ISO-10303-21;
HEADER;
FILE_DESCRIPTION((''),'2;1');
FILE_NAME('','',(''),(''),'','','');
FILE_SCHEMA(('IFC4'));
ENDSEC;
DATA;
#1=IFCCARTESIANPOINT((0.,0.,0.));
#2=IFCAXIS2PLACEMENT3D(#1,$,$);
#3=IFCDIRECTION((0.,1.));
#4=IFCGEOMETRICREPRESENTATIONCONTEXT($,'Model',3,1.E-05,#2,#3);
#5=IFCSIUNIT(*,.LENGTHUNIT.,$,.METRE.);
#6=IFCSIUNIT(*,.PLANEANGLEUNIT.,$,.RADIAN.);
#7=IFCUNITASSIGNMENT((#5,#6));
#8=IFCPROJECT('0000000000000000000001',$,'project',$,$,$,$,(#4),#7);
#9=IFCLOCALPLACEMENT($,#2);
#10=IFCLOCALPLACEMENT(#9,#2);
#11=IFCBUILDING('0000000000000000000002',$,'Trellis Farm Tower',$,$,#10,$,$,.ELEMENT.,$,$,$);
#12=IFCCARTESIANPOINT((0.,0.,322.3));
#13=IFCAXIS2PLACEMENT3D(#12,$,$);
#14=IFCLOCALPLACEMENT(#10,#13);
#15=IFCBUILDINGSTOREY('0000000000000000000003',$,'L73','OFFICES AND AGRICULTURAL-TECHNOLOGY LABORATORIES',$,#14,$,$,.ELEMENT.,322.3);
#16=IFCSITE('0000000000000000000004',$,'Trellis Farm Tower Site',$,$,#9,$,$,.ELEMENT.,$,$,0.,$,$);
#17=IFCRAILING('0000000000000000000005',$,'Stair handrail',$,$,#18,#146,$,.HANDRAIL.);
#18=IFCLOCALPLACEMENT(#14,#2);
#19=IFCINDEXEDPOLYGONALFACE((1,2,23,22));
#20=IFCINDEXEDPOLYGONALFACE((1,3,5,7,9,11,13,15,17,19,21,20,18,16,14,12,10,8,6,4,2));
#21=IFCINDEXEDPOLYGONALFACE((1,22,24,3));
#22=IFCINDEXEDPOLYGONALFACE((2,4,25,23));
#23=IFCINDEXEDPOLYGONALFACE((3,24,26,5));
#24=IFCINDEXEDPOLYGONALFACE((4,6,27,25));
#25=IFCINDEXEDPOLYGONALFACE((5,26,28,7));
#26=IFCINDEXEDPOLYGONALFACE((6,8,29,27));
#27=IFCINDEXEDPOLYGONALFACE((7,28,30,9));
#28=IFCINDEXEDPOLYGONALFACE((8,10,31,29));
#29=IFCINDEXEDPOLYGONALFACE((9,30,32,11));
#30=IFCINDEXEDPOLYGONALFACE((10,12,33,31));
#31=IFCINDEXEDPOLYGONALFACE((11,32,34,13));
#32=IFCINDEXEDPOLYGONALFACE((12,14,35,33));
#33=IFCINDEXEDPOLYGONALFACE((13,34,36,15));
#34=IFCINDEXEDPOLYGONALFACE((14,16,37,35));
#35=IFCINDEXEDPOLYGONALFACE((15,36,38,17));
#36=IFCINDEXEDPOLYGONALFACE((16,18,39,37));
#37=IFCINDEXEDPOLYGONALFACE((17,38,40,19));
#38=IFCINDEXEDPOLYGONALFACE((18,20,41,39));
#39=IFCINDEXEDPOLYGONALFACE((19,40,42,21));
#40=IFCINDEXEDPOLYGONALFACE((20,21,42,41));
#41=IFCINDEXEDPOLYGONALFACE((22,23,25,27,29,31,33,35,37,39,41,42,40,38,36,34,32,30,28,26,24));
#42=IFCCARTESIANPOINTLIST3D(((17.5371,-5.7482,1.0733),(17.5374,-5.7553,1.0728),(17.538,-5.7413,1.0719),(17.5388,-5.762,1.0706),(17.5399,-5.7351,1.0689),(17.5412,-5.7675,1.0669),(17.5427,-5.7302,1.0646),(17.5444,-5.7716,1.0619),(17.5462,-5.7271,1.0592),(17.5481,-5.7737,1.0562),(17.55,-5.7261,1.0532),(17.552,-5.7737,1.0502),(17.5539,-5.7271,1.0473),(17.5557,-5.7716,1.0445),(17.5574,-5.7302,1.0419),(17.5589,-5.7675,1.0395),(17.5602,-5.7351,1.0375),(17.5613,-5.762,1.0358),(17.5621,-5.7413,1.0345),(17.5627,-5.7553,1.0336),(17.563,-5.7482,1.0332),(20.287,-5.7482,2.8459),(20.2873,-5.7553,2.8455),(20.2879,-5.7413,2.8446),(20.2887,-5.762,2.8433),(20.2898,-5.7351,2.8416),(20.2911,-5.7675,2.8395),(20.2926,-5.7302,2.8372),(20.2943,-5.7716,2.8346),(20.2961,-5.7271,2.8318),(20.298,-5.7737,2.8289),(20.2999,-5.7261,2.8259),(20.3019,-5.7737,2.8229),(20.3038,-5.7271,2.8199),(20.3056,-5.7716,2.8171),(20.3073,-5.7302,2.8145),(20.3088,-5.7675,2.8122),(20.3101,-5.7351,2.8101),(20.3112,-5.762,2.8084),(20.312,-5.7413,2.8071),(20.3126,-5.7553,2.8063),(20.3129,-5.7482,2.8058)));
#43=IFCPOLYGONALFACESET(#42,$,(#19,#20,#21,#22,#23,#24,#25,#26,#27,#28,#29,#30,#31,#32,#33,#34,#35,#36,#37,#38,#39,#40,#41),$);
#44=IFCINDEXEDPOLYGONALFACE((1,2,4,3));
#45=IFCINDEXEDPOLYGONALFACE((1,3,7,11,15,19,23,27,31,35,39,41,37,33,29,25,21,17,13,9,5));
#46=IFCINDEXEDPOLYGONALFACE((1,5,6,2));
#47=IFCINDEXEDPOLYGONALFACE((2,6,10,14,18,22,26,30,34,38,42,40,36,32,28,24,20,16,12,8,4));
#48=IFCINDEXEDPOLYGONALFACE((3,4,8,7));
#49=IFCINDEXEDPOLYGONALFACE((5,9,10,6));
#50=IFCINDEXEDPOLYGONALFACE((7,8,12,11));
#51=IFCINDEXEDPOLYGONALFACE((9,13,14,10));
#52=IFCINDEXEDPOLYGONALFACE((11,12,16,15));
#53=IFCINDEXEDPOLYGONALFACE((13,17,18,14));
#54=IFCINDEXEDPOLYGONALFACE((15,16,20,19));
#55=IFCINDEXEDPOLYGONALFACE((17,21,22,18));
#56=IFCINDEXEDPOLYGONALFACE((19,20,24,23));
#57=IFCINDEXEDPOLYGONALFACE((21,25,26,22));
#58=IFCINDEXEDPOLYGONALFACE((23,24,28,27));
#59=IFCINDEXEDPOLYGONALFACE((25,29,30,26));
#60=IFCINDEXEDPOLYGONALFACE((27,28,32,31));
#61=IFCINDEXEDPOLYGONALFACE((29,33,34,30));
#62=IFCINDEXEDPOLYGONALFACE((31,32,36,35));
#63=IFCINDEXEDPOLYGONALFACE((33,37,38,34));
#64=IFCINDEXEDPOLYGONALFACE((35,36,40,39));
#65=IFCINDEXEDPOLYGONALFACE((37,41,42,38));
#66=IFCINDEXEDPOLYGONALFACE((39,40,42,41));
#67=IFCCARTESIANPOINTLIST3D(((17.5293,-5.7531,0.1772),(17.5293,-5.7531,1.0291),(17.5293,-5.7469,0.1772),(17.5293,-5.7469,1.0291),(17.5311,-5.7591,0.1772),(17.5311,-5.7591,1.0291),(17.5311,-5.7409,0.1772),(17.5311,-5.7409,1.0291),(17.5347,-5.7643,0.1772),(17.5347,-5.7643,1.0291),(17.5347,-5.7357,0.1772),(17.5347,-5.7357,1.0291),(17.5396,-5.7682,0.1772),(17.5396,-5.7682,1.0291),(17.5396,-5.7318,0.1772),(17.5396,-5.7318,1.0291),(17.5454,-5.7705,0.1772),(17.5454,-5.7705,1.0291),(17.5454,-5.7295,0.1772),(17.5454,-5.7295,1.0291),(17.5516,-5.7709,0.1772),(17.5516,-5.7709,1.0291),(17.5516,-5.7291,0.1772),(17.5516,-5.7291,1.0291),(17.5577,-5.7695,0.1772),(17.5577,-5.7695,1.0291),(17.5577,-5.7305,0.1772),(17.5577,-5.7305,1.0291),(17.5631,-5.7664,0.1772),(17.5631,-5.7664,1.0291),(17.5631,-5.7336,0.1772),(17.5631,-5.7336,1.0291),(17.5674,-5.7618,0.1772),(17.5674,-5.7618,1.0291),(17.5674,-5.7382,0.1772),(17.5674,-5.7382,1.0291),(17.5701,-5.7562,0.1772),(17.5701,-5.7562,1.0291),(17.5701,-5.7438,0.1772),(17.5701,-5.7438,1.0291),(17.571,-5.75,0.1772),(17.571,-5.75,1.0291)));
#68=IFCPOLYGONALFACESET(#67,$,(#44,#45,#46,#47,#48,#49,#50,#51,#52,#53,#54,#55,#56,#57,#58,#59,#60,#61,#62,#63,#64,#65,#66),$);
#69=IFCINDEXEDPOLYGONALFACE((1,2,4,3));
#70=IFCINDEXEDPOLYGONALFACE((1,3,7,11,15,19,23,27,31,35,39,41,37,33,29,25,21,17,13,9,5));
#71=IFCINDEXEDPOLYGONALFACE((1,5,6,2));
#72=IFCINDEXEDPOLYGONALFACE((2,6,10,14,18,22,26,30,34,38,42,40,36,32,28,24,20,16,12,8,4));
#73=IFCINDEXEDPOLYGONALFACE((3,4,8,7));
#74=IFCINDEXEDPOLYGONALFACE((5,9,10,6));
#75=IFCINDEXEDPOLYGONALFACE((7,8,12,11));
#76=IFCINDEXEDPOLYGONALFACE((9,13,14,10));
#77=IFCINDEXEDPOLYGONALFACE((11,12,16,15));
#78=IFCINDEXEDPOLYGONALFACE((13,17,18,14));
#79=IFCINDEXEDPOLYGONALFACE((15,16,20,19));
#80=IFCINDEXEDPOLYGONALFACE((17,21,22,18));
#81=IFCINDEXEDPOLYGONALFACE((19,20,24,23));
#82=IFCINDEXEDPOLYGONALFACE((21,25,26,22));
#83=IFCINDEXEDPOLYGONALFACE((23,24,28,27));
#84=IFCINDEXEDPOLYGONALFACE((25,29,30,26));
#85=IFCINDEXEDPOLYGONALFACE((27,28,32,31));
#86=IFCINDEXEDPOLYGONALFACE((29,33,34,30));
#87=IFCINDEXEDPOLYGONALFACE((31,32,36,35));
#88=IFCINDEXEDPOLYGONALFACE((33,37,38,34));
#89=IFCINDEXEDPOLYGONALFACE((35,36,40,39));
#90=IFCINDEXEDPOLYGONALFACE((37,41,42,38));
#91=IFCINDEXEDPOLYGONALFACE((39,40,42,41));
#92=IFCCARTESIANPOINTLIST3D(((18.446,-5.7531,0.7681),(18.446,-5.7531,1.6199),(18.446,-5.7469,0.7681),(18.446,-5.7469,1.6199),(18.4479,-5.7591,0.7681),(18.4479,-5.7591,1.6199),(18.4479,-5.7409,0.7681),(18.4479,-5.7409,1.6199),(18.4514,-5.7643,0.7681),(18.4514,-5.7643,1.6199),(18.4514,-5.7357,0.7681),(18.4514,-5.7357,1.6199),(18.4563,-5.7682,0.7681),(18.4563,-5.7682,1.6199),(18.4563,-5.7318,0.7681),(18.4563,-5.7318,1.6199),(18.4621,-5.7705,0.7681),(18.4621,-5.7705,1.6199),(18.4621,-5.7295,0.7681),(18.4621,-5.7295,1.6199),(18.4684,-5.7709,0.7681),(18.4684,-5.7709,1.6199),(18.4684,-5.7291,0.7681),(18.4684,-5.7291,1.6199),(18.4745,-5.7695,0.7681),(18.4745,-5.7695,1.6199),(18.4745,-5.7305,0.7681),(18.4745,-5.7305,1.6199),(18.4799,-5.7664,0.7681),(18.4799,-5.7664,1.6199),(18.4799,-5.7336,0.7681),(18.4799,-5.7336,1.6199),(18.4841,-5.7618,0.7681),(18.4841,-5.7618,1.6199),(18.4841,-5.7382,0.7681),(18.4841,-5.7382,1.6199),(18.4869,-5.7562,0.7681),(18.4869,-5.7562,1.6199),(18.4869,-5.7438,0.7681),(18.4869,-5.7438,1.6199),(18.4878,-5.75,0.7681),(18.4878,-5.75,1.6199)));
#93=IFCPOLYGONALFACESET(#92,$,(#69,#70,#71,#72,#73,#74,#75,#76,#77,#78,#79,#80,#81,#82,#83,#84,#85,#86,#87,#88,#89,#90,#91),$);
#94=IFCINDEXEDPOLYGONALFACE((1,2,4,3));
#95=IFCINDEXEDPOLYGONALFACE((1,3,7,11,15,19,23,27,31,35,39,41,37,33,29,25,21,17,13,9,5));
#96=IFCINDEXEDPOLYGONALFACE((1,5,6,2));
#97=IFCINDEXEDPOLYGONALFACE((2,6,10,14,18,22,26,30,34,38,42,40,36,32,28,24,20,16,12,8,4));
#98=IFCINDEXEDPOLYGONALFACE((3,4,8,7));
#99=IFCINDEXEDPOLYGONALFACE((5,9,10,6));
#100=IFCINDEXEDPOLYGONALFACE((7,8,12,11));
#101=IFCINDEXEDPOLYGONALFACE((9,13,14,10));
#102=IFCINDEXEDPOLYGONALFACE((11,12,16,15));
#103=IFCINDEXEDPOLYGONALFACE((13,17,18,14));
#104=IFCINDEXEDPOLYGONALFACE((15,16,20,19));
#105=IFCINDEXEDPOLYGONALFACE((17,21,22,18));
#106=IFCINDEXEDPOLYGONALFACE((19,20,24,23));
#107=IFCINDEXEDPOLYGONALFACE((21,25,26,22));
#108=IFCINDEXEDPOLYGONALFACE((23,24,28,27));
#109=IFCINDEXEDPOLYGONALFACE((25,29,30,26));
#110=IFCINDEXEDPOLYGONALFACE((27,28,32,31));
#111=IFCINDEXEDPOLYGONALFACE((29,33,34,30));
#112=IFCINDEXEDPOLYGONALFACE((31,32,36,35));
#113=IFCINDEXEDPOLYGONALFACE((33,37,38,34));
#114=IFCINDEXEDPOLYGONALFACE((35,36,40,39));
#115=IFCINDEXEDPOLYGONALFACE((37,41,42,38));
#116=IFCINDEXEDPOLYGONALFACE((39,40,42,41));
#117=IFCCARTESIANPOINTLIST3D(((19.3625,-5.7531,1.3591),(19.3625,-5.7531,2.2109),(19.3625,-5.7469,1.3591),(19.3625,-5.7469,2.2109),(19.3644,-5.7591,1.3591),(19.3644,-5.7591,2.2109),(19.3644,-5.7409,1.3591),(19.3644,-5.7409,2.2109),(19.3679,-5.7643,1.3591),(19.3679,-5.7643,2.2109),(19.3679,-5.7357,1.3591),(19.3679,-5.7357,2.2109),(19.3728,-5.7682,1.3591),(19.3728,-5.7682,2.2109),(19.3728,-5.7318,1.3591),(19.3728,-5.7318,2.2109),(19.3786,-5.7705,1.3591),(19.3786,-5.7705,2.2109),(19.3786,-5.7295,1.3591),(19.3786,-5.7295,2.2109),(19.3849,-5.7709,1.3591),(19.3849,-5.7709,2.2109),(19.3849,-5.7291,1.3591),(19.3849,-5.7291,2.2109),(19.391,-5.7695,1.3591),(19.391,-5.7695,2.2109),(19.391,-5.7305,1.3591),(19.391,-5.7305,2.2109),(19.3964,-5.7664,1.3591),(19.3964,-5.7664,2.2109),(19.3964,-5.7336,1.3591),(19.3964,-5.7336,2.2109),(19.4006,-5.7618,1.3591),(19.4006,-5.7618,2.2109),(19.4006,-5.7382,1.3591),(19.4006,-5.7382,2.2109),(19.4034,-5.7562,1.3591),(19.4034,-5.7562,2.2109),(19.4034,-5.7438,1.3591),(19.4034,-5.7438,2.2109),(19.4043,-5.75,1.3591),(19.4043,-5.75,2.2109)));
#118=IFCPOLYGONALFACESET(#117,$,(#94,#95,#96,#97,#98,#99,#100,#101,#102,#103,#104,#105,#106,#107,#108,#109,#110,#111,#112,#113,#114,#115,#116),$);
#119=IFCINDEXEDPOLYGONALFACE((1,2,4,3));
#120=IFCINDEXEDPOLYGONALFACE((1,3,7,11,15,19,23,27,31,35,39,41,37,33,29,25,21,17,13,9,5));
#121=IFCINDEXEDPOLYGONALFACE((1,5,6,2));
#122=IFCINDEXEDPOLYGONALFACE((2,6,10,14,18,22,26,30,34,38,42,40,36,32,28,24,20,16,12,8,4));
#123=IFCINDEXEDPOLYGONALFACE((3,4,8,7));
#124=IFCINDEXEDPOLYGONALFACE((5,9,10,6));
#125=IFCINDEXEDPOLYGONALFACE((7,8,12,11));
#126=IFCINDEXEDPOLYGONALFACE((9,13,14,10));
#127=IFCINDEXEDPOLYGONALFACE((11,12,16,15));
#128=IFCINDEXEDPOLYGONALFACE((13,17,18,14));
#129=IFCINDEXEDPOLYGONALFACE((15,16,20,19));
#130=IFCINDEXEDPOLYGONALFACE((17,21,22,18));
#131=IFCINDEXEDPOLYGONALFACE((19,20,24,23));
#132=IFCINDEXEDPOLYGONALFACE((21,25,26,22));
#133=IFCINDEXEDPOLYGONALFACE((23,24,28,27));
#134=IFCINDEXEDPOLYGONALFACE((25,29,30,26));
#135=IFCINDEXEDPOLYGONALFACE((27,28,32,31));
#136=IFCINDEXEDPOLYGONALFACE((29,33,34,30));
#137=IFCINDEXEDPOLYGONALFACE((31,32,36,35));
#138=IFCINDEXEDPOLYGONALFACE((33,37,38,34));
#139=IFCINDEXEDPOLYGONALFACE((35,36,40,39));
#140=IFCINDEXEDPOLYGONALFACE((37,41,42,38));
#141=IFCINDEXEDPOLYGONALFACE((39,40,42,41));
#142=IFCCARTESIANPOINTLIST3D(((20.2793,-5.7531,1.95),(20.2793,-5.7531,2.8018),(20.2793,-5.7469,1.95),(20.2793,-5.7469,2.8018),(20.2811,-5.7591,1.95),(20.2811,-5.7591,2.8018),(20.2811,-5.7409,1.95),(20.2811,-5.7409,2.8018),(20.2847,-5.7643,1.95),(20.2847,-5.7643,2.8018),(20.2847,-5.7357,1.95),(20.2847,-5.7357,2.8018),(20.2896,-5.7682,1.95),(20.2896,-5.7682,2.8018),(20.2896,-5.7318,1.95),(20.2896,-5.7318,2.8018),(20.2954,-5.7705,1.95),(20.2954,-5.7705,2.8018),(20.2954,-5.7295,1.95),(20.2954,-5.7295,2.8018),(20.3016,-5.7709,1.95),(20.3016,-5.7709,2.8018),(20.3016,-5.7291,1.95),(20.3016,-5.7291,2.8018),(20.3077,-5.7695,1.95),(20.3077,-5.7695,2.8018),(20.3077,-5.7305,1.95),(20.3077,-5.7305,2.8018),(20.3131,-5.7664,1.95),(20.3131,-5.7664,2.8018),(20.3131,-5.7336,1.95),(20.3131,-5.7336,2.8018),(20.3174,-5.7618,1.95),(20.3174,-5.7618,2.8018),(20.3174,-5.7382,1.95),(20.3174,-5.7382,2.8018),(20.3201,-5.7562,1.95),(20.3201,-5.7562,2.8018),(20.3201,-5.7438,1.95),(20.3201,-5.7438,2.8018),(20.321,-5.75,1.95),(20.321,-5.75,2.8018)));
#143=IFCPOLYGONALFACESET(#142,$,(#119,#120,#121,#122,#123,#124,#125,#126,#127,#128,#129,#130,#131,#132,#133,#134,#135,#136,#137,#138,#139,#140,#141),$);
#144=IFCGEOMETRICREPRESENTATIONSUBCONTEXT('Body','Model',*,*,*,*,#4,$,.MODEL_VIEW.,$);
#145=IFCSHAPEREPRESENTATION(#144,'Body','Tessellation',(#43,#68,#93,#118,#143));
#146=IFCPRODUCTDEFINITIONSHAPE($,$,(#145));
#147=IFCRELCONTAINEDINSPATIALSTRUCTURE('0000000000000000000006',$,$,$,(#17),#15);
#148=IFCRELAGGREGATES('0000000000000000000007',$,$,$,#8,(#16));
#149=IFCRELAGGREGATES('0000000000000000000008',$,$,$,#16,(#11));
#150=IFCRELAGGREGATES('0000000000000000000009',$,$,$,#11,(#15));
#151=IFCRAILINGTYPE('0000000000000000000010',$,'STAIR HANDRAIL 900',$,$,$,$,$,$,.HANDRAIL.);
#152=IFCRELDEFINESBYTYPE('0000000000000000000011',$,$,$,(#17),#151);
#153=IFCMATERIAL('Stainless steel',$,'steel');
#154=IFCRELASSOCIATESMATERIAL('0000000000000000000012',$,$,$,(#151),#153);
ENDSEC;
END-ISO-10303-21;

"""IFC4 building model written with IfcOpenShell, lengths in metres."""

from ifc_helpers import new_model, si_unit, direction, frame, origin, origin_2d, place, context, subcontext, project, spatial, circle, extrude, source, transform, mapped, material, type_object, element, save


model = new_model("IFC4")

# Units and contexts
model_context = context("Model", 3, precision=1e-05, world=origin(), true_north=direction((0.0, 1.0)))
body_context = subcontext(model_context, "Body", "Model", "MODEL_VIEW")
ifc_project = project(units=[si_unit("LENGTHUNIT", "METRE"), si_unit("PLANEANGLEUNIT", "RADIAN")], contexts=[model_context])

# Site, building, storey
site_placement = place(None, origin())
site = spatial("IfcSite", under=ifc_project, at=site_placement, Name="Trellis Farm Tower Site", CompositionType="ELEMENT", RefElevation=0.0)
building_placement = place(site_placement, origin())
building = spatial("IfcBuilding", under=site, at=building_placement, Name="Trellis Farm Tower", CompositionType="ELEMENT")
storey_placement = place(building_placement, frame((0.0, 0.0, 322.3)))
storey = spatial("IfcBuildingStorey", under=building, at=storey_placement, Name="L73", Description="OFFICES AND AGRICULTURAL-TECHNOLOGY LABORATORIES", CompositionType="ELEMENT", Elevation=322.3)

# Railing
ifc_material_1 = material(Name="Stainless steel", Category="steel")
railing_type = type_object("IfcRailingType", Name="STAIR HANDRAIL 900", PredefinedType="HANDRAIL", material=ifc_material_1)
shared_shape_1 = source(origin(), body_context, "Body", "SweptSolid", [
    extrude(circle(Radius=0.0239, at=origin_2d()), frame((0.0, 0.0, 0.876), z_axis=(0.840504, 0.0, 0.541806), x_axis=(0.0, 1.0, 0.0)), (0.0, 0.0, 1.0), 3.2717),
    extrude(circle(Radius=0.021, at=origin_2d()), origin(), (0.0, 0.0, 1.0), 0.8518),
    extrude(circle(Radius=0.021, at=origin_2d()), frame((0.9167, 0.0, 0.5908)), (0.0, 0.0, 1.0), 0.8518),
    extrude(circle(Radius=0.021, at=origin_2d()), frame((1.8333, 0.0, 1.1819)), (0.0, 0.0, 1.0), 0.8518),
    extrude(circle(Radius=0.021, at=origin_2d()), frame((2.75, 0.0, 1.7727)), (0.0, 0.0, 1.0), 0.8518),
])
railing_placement = place(storey_placement, frame((17.55, -5.75, 0.1772)))
element("IfcRailing", 1, at=railing_placement, inside=storey, type_object=railing_type, Name="Stair handrail", PredefinedType="HANDRAIL", context=body_context, shape_type="MappedRepresentation", body=[
    mapped(shared_shape_1, transform((0.0, 0.0, 0.0))),
])

save(model, "model.ifc")
